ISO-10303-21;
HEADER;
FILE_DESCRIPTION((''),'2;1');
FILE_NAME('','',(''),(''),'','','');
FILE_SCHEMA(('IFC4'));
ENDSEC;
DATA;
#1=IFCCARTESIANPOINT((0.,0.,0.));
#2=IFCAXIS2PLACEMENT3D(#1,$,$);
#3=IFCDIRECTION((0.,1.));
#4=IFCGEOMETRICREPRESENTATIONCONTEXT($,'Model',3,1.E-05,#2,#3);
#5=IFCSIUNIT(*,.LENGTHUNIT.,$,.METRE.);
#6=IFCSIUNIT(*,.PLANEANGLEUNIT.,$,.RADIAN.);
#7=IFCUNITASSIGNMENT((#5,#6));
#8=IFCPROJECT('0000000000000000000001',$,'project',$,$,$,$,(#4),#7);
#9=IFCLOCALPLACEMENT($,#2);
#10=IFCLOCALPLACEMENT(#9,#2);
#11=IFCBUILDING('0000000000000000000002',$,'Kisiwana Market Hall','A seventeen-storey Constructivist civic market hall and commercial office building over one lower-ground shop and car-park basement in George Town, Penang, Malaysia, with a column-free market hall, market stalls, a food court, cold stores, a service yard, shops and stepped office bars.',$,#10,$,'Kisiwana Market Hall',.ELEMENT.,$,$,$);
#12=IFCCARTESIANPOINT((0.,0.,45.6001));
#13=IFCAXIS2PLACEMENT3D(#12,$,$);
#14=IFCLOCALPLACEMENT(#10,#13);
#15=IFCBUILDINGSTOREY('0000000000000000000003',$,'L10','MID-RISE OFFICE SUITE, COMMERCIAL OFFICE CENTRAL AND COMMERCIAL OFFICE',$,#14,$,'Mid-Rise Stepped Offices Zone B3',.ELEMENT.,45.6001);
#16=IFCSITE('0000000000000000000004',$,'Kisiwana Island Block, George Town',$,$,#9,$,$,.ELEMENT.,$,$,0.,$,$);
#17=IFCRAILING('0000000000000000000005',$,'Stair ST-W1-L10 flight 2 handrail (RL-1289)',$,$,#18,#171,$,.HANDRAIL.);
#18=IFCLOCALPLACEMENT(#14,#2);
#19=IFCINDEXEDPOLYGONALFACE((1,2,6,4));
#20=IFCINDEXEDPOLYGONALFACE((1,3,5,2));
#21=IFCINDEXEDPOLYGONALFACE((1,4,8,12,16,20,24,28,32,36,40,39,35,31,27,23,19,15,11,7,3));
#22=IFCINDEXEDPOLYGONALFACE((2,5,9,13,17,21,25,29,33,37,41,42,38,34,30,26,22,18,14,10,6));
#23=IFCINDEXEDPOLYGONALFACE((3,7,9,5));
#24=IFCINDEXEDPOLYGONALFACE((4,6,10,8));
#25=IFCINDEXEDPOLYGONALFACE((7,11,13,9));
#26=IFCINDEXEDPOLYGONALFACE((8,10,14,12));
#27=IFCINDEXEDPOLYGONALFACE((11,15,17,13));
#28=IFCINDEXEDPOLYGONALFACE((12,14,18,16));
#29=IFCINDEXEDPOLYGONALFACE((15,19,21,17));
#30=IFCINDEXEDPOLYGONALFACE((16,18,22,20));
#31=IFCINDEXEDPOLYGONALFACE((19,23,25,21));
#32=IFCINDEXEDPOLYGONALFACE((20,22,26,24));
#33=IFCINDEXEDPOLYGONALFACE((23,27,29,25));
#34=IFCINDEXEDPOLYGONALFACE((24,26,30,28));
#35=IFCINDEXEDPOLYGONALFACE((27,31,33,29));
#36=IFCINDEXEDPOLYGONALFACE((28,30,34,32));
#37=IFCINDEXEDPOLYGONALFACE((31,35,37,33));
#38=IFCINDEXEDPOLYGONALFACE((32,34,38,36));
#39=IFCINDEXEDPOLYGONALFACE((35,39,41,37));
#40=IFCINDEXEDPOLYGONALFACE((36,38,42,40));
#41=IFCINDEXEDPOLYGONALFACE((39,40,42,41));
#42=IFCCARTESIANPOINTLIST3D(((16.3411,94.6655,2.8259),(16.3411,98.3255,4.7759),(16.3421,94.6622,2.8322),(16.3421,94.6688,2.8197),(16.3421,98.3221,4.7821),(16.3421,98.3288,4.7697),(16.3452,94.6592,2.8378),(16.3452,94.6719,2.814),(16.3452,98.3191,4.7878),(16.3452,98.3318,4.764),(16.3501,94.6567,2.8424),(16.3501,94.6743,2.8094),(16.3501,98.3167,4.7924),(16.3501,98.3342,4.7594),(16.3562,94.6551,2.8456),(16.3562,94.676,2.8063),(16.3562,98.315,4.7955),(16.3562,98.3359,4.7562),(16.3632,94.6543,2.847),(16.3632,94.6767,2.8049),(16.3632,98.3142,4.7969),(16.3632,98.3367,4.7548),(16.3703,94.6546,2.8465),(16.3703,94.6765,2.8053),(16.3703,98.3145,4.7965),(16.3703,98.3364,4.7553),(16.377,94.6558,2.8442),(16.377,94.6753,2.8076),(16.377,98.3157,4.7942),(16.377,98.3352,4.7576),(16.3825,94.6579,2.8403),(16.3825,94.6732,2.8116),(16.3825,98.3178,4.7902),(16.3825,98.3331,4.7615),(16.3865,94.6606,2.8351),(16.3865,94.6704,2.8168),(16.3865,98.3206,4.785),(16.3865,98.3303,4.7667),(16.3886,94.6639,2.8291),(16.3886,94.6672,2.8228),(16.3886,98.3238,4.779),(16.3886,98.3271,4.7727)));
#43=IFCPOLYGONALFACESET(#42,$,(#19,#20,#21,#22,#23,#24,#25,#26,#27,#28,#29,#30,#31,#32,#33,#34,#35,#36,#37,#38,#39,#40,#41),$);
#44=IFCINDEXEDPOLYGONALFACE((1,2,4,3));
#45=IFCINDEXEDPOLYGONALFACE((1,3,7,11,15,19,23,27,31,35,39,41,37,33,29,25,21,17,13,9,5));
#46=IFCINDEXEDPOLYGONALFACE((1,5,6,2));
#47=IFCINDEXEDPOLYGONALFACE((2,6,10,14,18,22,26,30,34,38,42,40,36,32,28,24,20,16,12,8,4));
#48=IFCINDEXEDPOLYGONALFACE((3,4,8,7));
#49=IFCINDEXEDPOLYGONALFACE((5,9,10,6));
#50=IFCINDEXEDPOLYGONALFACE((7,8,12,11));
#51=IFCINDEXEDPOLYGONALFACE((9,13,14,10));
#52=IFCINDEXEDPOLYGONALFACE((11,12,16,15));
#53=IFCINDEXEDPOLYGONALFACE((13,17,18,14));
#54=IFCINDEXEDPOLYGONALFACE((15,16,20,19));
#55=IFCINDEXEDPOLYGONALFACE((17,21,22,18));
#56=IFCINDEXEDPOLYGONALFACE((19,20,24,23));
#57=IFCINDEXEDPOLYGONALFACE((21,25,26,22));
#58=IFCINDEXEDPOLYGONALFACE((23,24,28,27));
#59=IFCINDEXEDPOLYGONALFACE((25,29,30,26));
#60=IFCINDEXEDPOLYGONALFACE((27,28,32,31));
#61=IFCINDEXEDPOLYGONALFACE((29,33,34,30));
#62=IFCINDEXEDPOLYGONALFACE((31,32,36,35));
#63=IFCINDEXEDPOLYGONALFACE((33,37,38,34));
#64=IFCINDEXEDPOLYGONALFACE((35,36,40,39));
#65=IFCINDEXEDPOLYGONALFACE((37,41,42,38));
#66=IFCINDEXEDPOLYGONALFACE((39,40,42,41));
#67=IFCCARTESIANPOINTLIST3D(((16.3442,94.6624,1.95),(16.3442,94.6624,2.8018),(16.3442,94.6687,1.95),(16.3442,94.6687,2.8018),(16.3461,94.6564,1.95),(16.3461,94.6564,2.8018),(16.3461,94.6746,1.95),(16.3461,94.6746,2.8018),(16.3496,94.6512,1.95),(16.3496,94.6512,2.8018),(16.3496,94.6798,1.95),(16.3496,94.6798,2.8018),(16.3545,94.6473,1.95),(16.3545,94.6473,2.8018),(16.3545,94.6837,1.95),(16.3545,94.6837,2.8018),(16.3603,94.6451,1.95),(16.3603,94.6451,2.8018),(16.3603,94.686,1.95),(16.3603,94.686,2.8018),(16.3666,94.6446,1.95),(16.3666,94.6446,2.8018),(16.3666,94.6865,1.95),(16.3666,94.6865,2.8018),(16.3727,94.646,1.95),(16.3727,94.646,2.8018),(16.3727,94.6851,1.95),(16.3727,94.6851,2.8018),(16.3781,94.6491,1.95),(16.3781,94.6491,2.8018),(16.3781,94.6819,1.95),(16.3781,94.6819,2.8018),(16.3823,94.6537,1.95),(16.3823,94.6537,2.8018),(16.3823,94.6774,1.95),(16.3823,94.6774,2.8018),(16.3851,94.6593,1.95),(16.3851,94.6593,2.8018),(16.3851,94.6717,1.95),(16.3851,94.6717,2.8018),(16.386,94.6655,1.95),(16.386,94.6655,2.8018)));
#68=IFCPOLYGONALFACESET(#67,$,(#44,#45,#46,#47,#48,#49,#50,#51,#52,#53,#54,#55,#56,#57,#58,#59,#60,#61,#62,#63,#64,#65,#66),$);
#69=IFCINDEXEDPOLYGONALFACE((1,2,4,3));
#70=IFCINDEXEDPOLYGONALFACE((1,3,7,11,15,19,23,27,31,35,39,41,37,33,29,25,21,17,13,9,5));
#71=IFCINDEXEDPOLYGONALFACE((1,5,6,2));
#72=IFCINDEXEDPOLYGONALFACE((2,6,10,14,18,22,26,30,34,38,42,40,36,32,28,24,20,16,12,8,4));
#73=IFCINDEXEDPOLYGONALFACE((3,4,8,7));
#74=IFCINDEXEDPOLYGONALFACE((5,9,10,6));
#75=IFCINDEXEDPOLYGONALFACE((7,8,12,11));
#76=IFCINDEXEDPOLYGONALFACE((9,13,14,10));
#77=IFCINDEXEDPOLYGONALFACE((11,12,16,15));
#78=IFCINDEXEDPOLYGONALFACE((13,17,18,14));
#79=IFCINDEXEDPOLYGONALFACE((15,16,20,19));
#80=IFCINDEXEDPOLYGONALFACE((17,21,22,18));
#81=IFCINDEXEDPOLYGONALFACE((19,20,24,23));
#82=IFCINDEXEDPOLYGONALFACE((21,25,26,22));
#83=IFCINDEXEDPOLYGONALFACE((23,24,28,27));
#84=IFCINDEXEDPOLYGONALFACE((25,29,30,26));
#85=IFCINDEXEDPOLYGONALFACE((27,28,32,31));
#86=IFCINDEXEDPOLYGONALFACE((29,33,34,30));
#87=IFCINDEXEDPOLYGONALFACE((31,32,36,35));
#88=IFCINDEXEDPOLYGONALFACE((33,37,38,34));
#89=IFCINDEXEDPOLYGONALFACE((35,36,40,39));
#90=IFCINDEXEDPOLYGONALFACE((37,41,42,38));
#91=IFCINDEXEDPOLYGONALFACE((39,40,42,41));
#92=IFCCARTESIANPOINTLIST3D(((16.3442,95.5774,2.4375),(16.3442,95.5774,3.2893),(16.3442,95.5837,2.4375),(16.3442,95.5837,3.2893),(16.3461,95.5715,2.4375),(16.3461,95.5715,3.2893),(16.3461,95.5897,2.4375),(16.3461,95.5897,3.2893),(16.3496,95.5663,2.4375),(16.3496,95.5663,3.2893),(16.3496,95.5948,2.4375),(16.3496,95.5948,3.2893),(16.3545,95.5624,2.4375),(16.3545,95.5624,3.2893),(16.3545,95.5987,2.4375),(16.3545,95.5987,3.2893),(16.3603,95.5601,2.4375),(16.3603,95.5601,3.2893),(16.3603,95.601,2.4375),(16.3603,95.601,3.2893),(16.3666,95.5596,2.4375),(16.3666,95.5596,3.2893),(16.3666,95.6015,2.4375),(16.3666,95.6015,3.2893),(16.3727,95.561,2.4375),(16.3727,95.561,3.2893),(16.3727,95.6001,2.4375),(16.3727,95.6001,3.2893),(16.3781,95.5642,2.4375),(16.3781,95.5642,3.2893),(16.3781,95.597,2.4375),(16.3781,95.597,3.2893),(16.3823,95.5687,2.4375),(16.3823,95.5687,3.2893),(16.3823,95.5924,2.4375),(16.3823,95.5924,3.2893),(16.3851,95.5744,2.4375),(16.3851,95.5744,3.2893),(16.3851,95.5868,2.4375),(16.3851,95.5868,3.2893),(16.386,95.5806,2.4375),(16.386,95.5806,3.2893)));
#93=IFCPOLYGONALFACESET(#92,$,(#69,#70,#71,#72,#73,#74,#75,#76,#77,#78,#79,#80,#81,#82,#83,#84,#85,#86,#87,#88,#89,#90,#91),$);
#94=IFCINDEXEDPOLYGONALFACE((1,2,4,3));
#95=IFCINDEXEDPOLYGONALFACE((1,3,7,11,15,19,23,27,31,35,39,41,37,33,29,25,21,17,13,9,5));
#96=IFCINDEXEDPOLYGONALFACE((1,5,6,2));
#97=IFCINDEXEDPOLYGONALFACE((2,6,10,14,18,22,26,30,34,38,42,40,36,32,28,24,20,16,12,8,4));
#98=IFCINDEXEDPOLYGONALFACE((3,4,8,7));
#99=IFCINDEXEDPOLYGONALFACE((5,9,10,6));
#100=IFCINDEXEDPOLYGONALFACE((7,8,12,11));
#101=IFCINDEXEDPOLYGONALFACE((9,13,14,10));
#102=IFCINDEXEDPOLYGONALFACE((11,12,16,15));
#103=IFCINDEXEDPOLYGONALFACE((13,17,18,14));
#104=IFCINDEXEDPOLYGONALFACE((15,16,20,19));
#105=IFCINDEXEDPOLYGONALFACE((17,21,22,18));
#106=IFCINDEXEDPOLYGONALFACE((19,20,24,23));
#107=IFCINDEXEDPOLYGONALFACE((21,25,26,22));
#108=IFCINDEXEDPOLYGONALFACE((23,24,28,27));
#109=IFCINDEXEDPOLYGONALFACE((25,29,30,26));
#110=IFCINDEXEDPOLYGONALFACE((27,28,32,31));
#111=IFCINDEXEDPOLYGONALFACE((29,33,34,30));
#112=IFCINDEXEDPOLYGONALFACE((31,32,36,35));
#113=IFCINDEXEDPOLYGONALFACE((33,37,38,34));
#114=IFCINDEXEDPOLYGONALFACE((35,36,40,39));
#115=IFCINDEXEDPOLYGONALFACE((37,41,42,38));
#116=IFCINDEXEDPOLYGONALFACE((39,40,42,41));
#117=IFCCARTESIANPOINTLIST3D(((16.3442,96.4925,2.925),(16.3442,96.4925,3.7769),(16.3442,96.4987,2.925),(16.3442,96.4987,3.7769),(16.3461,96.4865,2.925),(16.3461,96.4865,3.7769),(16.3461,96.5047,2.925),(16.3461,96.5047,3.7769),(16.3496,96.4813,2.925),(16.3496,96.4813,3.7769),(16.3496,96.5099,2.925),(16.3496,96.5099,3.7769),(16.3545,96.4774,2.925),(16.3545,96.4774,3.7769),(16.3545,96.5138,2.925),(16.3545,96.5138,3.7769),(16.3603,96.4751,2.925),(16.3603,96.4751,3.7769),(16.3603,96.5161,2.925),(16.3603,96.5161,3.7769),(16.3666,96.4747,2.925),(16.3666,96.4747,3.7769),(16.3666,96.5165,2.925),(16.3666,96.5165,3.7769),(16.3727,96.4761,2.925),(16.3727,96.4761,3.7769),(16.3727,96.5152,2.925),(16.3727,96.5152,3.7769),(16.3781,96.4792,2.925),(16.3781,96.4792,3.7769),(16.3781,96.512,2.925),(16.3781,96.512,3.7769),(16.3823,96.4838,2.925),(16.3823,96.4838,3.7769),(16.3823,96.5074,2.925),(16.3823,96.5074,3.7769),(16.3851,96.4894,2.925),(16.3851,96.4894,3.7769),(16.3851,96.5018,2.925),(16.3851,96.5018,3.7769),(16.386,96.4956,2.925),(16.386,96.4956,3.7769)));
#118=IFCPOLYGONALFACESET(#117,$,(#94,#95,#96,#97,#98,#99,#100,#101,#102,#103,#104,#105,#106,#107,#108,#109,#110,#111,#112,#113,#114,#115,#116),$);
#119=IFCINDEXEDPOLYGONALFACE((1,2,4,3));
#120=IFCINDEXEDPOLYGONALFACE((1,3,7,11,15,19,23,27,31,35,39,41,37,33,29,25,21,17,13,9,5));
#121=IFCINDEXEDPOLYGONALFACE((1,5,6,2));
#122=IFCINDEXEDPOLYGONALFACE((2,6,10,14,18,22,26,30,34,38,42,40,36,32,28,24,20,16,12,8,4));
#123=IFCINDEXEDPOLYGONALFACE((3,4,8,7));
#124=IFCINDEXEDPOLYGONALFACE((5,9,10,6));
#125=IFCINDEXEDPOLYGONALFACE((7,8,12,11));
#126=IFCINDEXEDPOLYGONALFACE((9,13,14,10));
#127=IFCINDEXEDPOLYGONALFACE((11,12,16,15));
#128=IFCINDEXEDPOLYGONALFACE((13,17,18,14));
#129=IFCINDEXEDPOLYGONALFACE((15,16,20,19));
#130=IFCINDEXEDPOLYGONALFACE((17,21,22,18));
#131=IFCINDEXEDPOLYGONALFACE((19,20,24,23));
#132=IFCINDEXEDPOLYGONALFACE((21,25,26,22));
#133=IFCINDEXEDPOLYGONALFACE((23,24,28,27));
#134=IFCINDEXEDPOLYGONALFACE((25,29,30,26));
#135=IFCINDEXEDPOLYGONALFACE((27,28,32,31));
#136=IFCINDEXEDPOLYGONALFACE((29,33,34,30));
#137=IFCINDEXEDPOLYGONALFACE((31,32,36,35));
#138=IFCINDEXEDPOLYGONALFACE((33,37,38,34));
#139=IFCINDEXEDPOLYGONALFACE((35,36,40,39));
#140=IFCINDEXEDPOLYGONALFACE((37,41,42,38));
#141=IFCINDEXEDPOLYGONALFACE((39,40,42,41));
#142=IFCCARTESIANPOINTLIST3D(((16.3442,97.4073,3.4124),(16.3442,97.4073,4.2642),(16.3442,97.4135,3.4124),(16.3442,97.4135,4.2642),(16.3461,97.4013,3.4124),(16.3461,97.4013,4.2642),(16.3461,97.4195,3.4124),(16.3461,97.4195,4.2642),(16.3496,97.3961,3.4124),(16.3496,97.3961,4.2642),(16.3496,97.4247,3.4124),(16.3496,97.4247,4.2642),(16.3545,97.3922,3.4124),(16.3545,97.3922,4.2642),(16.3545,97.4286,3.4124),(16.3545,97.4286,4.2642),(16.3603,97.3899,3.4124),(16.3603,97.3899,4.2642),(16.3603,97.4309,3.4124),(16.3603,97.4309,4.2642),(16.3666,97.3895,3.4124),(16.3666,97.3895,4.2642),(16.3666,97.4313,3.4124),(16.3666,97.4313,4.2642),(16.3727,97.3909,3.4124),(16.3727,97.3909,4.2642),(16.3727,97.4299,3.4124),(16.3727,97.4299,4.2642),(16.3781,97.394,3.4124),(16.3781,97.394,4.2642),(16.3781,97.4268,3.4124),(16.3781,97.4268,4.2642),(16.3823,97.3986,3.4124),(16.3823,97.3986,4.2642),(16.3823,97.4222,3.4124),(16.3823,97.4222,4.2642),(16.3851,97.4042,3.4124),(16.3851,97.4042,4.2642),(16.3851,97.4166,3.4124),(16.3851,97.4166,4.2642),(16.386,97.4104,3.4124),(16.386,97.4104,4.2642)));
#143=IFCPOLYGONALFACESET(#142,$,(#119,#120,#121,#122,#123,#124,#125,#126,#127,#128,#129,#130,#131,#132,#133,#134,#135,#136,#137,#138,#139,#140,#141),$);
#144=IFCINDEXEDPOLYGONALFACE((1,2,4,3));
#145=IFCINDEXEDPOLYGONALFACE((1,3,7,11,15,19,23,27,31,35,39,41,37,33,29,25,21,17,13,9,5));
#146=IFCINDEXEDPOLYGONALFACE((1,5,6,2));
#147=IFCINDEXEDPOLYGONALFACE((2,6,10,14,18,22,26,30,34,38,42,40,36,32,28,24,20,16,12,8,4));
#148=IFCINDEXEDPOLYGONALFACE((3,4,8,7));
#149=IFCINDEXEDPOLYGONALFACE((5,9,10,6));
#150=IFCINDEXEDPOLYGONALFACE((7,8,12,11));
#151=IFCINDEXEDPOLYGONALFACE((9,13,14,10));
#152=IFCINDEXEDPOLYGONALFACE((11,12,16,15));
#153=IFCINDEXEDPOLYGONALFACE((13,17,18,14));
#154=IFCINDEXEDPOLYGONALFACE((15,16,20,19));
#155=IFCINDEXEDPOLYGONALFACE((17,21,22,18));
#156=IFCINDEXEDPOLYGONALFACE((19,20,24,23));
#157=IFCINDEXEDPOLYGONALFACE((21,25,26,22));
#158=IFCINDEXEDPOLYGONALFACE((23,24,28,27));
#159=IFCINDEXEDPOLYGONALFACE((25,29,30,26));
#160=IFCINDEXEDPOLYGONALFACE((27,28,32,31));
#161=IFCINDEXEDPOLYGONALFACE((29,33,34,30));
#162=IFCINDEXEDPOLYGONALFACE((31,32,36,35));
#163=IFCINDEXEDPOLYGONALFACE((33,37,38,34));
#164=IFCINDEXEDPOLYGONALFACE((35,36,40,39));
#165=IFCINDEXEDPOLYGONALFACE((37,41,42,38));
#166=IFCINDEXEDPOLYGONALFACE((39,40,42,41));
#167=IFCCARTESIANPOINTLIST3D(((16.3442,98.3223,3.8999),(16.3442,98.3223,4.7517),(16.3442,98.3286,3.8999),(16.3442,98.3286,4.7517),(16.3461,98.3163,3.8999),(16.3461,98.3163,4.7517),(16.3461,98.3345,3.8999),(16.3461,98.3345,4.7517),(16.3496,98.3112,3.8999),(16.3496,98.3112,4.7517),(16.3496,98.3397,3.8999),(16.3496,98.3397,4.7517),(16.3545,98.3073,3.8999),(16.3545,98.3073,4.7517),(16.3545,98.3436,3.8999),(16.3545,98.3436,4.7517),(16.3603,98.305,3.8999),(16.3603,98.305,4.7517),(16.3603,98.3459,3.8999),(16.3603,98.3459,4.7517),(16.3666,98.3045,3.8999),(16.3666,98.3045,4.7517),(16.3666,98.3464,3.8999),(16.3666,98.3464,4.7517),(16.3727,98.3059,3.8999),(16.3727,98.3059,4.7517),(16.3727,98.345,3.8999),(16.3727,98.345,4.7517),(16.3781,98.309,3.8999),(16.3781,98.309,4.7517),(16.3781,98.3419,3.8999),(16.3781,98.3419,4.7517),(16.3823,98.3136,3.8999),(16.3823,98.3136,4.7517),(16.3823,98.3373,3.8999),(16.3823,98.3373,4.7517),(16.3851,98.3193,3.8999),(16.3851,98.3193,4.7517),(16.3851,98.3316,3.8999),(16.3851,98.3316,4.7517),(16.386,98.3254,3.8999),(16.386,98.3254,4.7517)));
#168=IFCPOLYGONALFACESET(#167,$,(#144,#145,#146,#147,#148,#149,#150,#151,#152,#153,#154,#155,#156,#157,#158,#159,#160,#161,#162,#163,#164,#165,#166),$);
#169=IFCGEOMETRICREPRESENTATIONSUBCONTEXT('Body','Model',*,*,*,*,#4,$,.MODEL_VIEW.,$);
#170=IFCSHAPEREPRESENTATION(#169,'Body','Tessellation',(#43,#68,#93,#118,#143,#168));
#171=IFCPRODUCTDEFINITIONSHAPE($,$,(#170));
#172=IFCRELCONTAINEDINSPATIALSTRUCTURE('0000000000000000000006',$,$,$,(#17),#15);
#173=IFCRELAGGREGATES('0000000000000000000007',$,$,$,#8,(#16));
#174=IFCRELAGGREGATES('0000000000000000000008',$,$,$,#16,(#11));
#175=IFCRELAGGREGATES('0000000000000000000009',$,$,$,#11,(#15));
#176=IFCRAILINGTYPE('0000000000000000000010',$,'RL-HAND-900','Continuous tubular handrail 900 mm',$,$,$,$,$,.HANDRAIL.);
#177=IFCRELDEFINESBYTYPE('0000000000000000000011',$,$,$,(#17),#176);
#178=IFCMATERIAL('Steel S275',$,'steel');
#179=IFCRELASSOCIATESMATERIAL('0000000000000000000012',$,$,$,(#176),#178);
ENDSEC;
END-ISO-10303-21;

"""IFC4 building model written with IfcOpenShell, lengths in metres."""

from ifc_helpers import new_model, si_unit, direction, frame, origin, origin_2d, place, context, subcontext, project, spatial, circle, extrude, material, type_object, element, save


model = new_model("IFC4")

# Units and contexts
model_context = context("Model", 3, precision=1e-05, world=origin(), true_north=direction((0.0, 1.0)))
body_context = subcontext(model_context, "Body", "Model", "MODEL_VIEW")
ifc_project = project(units=[si_unit("LENGTHUNIT", "METRE"), si_unit("PLANEANGLEUNIT", "RADIAN")], contexts=[model_context])

# Site, building, storey
site_placement = place(None, origin())
site = spatial("IfcSite", under=ifc_project, at=site_placement, Name="Kisiwana Island Block, George Town", CompositionType="ELEMENT", RefElevation=0.0)
building_placement = place(site_placement, origin())
building = spatial("IfcBuilding", under=site, at=building_placement, Name="Kisiwana Market Hall", Description="A seventeen-storey Constructivist civic market hall and commercial office building over one lower-ground shop and car-park basement in George Town, Penang, Malaysia, with a column-free market hall, market stalls, a food court, cold stores, a service yard, shops and stepped office bars.", LongName="Kisiwana Market Hall", CompositionType="ELEMENT")
storey_placement = place(building_placement, frame((0.0, 0.0, 45.6001)))
storey = spatial("IfcBuildingStorey", under=building, at=storey_placement, Name="L10", Description="MID-RISE OFFICE SUITE, COMMERCIAL OFFICE CENTRAL AND COMMERCIAL OFFICE", LongName="Mid-Rise Stepped Offices Zone B3", CompositionType="ELEMENT", Elevation=45.6001)

# Railing
ifc_material_1 = material(Name="Steel S275", Category="steel")
railing_type_1 = type_object("IfcRailingType", Name="RL-HAND-900", Description="Continuous tubular handrail 900 mm", PredefinedType="HANDRAIL", material=ifc_material_1)
railing_1_placement = place(storey_placement, frame((16.365, 94.6655, 1.95)))
element("IfcRailing", 1, at=railing_1_placement, inside=storey, type_object=railing_type_1, Name="Stair ST-W1-L10 flight 2 handrail (RL-1289)", PredefinedType="HANDRAIL", context=body_context, shape_type="SweptSolid", body=[
    extrude(circle(Radius=0.0239, at=origin_2d()), frame((0.0, 0.0, 0.876), z_axis=(0.0, 0.882553, 0.470212), x_axis=(-1.0, 0.0, 0.0)), (0.0, 0.0, 1.0), 4.147),
    extrude(circle(Radius=0.021, at=origin_2d()), origin(), (0.0, 0.0, 1.0), 0.8518),
    extrude(circle(Radius=0.021, at=origin_2d()), frame((0.0, 0.915, 0.4875)), (0.0, 0.0, 1.0), 0.8518),
    extrude(circle(Radius=0.021, at=origin_2d()), frame((0.0, 1.8301, 0.9751)), (0.0, 0.0, 1.0), 0.8518),
    extrude(circle(Radius=0.021, at=origin_2d()), frame((0.0, 2.7449, 1.4624)), (0.0, 0.0, 1.0), 0.8518),
    extrude(circle(Radius=0.021, at=origin_2d()), frame((0.0, 3.6599, 1.95)), (0.0, 0.0, 1.0), 0.8518),
])

save(model, "model.ifc")
